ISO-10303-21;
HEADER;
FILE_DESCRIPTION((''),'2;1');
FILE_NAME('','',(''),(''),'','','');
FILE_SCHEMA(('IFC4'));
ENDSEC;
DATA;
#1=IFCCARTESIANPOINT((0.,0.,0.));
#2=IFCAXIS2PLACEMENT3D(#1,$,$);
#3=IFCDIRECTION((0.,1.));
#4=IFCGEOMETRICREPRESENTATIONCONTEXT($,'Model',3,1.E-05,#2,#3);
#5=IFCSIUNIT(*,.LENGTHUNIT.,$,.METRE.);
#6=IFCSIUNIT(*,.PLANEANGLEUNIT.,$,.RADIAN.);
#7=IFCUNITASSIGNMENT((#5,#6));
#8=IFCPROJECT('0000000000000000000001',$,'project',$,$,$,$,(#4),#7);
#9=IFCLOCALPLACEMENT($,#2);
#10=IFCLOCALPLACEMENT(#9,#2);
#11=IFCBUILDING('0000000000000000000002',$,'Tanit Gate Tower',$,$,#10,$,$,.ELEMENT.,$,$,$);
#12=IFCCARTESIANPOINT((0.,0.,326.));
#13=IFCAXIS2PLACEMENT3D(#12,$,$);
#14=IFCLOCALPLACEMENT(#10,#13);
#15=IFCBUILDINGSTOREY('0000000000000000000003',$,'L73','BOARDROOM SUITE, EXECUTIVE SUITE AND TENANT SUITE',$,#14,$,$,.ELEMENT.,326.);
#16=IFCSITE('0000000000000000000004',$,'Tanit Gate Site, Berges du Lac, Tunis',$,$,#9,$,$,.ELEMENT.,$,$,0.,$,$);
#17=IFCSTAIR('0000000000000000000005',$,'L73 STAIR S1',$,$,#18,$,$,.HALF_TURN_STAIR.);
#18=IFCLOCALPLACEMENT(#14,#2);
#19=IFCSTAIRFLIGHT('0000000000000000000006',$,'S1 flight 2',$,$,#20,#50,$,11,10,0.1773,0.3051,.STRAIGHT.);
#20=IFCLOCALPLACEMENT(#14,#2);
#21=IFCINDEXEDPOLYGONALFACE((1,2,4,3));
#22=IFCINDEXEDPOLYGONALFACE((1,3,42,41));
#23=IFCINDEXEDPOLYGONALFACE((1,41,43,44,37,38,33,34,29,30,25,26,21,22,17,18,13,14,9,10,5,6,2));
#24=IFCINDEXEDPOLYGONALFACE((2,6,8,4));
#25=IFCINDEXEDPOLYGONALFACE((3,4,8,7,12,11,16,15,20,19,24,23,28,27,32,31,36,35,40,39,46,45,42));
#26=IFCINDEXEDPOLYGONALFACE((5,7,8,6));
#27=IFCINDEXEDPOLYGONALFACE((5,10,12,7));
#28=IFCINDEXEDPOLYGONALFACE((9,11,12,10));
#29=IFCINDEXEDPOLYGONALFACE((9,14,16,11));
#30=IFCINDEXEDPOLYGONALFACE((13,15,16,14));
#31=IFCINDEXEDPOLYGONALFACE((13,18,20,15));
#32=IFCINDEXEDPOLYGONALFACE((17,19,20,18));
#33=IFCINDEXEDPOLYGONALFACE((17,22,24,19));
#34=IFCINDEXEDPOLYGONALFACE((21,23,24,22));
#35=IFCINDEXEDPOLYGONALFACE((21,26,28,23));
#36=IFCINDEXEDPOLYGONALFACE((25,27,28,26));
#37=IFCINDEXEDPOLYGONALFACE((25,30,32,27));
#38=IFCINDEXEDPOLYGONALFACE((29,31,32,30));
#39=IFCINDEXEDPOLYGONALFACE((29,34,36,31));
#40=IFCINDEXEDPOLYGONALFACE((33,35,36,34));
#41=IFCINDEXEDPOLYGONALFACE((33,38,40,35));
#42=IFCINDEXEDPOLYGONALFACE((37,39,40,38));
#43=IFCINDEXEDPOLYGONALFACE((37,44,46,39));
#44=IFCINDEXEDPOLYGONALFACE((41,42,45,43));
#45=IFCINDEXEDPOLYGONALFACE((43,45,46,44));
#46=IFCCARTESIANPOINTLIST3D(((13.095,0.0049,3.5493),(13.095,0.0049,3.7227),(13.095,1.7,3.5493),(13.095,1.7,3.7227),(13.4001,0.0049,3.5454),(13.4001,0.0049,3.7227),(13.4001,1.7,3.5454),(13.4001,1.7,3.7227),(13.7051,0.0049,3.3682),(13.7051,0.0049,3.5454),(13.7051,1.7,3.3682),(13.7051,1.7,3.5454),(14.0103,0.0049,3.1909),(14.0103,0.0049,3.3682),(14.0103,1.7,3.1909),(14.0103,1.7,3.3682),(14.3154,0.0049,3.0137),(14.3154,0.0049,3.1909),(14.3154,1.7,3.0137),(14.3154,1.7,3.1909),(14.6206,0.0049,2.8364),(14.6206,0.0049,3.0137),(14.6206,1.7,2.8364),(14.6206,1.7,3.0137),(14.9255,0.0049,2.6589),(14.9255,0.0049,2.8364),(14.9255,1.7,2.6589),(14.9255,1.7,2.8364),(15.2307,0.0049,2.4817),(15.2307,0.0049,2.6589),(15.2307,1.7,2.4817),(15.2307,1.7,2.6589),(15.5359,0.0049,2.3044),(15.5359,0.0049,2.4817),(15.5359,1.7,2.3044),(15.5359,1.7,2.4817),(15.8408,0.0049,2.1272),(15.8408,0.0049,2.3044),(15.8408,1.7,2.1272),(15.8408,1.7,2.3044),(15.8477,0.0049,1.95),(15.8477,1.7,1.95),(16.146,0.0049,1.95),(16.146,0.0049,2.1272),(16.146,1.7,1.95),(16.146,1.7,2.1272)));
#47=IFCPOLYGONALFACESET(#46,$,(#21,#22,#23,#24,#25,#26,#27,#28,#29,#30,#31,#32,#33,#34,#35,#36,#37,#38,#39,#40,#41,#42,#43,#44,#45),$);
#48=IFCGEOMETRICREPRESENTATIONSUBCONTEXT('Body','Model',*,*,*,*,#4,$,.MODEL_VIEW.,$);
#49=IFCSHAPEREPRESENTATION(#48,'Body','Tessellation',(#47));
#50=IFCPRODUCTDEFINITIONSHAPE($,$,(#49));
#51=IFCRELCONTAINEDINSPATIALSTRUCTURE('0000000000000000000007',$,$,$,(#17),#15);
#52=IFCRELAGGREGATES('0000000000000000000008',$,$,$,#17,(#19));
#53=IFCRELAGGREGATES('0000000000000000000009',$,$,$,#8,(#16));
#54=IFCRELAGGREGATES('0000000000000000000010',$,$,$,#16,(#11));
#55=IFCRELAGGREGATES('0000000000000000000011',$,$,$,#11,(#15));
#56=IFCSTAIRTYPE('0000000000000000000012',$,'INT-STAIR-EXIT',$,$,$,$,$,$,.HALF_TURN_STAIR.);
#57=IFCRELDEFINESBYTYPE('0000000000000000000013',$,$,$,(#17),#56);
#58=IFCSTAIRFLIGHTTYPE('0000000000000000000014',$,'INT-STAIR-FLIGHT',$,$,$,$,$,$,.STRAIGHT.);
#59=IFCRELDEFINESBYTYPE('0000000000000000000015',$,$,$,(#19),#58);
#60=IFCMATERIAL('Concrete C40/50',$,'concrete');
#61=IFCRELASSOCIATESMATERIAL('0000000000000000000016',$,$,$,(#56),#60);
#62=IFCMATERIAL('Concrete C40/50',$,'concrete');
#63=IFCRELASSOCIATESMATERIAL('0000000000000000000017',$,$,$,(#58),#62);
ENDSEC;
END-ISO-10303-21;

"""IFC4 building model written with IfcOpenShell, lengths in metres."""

from ifc_helpers import new_model, si_unit, direction, frame, origin, place, context, subcontext, project, spatial, polyline, outline, extrude, material, type_object, element, aggregate, save


model = new_model("IFC4")

# Units and contexts
model_context = context("Model", 3, precision=1e-05, world=origin(), true_north=direction((0.0, 1.0)))
body_context = subcontext(model_context, "Body", "Model", "MODEL_VIEW")
ifc_project = project(units=[si_unit("LENGTHUNIT", "METRE"), si_unit("PLANEANGLEUNIT", "RADIAN")], contexts=[model_context])

# Site, building, storey
site_placement = place(None, origin())
site = spatial("IfcSite", under=ifc_project, at=site_placement, Name="Tanit Gate Site, Berges du Lac, Tunis", CompositionType="ELEMENT", RefElevation=0.0)
building_placement = place(site_placement, origin())
building = spatial("IfcBuilding", under=site, at=building_placement, Name="Tanit Gate Tower", CompositionType="ELEMENT")
storey_placement = place(building_placement, frame((0.0, 0.0, 326.0)))
storey = spatial("IfcBuildingStorey", under=building, at=storey_placement, Name="L73", Description="BOARDROOM SUITE, EXECUTIVE SUITE AND TENANT SUITE", CompositionType="ELEMENT", Elevation=326.0)

# Stair, stair flight
ifc_material_1 = material(Name="Concrete C40/50", Category="concrete")
stair_type = type_object("IfcStairType", Name="INT-STAIR-EXIT", PredefinedType="HALF_TURN_STAIR", material=ifc_material_1)
stair_placement = place(storey_placement, origin())
stair = element("IfcStair", 1, at=stair_placement, inside=storey, type_object=stair_type, Name="L73 STAIR S1", PredefinedType="HALF_TURN_STAIR")
ifc_material_2 = material(Name="Concrete C40/50", Category="concrete")
stair_flight_type = type_object("IfcStairFlightType", Name="INT-STAIR-FLIGHT", PredefinedType="STRAIGHT", material=ifc_material_2)
stair_flight_placement = place(storey_placement, frame((16.146, 0.8525, 1.95), z_axis=(0.0, 0.0, 1.0), x_axis=(-1.0, 0.0, 0.0)))
stair_flight = element("IfcStairFlight", 2, at=stair_flight_placement, type_object=stair_flight_type, Name="S1 flight 2", NumberOfRisers=11, NumberOfTreads=10, PredefinedType="STRAIGHT", RiserHeight=0.1773, TreadLength=0.3051, context=body_context, shape_type="SweptSolid", body=[
    extrude(outline(polyline([(0.0, 0.0), (0.0, 0.1772), (0.3052, 0.1772), (0.3052, 0.3545), (0.6101, 0.3545), (0.6101, 0.5317), (0.9153, 0.5317), (0.9153, 0.709), (1.2205, 0.709), (1.2205, 0.8865), (1.5254, 0.8865), (1.5254, 1.0637), (1.8306, 1.0637), (1.8306, 1.241), (2.1357, 1.241), (2.1357, 1.4182), (2.4409, 1.4182), (2.4409, 1.5955), (2.7458, 1.5955), (2.7458, 1.7727), (3.051, 1.7727), (3.051, 1.95), (3.051, 1.5994), (0.2983, 0.0), (0.0, 0.0)])), frame((0.0, 0.8477, 0.0), z_axis=(0.0, -1.0, 0.0), x_axis=(1.0, 0.0, 0.0)), (0.0, 0.0, 1.0), 1.6951),
])
aggregate(stair, [stair_flight])

save(model, "model.ifc")
